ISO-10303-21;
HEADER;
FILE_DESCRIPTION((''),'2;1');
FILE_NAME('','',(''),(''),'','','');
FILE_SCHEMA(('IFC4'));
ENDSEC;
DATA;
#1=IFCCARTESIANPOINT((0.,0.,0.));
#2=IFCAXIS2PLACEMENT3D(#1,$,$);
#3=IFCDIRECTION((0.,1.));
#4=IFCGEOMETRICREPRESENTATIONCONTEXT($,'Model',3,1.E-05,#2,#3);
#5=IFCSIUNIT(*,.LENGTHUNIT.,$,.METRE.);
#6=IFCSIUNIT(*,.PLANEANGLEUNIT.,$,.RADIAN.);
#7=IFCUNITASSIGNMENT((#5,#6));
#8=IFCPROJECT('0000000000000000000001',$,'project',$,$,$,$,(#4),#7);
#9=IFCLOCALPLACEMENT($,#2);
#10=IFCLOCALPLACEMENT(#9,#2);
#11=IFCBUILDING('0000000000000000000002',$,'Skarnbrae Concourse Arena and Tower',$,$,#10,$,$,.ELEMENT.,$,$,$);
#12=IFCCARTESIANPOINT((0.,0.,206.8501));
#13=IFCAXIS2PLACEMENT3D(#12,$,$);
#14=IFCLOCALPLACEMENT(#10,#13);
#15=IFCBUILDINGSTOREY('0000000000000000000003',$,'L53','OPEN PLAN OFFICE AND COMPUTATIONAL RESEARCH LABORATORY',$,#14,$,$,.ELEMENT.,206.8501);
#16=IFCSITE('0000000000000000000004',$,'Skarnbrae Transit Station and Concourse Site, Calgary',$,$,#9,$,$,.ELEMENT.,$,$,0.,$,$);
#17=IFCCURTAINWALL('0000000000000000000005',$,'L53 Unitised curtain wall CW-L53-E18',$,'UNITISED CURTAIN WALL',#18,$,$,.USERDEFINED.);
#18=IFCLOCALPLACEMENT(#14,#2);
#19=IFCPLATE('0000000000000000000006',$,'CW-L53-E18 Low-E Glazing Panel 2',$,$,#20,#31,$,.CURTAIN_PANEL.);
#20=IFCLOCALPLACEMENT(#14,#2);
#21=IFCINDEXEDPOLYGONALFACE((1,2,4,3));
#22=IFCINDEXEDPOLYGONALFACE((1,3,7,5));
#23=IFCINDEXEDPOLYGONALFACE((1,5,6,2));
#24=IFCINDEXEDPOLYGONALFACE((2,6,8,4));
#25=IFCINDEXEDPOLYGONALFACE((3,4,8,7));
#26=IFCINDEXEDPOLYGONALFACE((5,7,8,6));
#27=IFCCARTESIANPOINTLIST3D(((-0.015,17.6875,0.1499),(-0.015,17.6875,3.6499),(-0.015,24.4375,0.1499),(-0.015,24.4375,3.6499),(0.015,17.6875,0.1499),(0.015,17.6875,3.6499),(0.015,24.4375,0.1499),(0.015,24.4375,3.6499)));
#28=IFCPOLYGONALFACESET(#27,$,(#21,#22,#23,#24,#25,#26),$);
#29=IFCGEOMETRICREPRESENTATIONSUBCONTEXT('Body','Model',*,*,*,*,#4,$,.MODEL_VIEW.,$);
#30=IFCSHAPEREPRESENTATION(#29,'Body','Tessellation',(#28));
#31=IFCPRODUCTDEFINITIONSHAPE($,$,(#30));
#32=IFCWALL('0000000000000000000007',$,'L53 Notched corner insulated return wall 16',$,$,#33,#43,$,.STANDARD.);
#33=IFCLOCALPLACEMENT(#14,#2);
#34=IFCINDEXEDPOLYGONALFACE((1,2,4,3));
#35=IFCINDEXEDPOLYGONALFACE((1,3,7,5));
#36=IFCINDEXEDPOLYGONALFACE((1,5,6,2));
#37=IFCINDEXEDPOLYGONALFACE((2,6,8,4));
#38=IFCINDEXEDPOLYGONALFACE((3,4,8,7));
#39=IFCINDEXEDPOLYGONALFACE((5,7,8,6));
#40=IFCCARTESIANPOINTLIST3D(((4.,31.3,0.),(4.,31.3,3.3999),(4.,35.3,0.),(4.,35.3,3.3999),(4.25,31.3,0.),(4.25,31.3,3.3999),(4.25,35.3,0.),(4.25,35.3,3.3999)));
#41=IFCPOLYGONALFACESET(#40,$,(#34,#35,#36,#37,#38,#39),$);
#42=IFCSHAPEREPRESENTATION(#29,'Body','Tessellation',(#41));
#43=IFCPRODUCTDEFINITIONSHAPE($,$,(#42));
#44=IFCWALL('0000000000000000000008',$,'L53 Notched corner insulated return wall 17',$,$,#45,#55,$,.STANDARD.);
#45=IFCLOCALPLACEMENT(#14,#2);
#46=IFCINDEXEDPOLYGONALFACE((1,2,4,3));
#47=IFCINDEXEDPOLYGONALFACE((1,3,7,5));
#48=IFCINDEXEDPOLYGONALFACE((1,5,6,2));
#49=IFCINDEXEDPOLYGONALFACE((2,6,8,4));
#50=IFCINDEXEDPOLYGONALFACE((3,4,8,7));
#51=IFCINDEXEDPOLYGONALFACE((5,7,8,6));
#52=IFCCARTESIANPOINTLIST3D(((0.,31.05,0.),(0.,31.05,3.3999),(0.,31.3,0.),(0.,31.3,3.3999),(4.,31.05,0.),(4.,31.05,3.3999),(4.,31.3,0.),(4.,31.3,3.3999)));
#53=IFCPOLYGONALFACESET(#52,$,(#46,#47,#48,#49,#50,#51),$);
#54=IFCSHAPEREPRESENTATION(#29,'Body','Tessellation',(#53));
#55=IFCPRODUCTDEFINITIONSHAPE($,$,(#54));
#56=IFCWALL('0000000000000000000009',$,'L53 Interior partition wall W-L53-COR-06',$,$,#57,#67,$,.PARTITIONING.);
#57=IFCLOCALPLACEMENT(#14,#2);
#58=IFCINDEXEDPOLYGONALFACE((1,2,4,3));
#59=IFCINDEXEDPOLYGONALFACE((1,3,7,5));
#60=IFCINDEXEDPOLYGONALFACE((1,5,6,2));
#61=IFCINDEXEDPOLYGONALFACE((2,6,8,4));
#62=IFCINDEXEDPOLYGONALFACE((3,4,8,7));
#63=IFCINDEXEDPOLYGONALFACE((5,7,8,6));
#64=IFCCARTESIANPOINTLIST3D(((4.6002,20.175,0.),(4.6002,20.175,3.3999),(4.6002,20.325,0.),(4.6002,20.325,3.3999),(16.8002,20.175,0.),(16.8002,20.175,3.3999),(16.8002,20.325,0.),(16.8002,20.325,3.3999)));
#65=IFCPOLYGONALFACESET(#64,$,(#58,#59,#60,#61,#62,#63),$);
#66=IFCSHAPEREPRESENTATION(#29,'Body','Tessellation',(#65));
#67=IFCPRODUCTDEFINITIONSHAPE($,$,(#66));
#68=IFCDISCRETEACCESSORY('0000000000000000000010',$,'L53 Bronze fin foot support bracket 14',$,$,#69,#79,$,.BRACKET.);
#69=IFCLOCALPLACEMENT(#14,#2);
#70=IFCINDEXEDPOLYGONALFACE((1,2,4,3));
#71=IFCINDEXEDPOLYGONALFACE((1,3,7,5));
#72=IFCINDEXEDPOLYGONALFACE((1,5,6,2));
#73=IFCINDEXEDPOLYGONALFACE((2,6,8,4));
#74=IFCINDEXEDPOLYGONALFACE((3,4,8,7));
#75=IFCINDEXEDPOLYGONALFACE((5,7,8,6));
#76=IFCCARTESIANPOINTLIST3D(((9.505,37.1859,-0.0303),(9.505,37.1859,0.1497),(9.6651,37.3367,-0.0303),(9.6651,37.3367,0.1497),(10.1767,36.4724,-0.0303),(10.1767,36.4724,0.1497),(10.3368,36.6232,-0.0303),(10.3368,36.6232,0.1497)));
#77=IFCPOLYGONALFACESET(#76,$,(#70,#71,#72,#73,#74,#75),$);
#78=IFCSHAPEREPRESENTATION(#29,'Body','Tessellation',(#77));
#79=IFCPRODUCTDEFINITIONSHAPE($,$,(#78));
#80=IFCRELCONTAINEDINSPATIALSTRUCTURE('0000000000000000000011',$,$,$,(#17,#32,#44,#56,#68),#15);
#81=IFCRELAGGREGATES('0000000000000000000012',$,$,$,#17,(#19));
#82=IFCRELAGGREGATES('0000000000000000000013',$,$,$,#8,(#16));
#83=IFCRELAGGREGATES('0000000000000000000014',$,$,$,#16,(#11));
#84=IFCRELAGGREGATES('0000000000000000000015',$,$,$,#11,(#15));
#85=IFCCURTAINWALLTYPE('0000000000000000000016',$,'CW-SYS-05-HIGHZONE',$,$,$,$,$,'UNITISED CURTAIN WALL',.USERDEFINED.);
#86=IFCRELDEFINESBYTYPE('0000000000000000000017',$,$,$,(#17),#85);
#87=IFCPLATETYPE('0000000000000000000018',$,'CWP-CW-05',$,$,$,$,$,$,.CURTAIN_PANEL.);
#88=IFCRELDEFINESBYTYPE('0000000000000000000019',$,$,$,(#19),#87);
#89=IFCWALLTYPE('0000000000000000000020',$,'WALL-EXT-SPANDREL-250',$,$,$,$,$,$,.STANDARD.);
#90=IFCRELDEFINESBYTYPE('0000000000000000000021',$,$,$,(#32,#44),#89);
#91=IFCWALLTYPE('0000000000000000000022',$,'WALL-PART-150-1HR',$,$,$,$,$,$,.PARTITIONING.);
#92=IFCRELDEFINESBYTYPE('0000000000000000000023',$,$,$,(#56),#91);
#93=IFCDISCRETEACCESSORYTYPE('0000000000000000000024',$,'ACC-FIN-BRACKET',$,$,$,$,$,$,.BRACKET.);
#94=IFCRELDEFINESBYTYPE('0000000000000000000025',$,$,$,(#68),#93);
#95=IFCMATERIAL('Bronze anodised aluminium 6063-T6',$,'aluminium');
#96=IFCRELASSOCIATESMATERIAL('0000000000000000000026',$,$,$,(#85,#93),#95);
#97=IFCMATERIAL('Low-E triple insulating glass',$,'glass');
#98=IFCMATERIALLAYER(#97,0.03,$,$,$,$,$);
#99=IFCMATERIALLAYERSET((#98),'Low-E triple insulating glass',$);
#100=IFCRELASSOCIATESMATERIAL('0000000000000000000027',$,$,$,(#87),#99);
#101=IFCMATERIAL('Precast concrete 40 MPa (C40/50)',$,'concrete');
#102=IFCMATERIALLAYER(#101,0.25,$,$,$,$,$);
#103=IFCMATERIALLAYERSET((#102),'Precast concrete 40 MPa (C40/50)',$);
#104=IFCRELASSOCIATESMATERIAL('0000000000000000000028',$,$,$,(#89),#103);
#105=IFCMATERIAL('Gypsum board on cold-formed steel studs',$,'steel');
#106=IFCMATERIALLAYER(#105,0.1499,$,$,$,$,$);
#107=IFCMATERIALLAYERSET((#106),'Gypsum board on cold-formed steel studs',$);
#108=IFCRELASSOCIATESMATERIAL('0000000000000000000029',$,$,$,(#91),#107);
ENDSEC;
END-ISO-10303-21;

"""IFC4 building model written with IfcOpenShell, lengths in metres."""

from ifc_helpers import new_model, si_unit, direction, frame, frame_2d, origin, origin_2d, place, context, subcontext, project, spatial, rectangle, extrude, source, transform, mapped, material, layer, layer_set, type_object, element, aggregate, save


model = new_model("IFC4")

# Units and contexts
model_context = context("Model", 3, precision=1e-05, world=origin(), true_north=direction((0.0, 1.0)))
body_context = subcontext(model_context, "Body", "Model", "MODEL_VIEW")
ifc_project = project(units=[si_unit("LENGTHUNIT", "METRE"), si_unit("PLANEANGLEUNIT", "RADIAN")], contexts=[model_context])

# Site, building, storey
site_placement = place(None, origin())
site = spatial("IfcSite", under=ifc_project, at=site_placement, Name="Skarnbrae Transit Station and Concourse Site, Calgary", CompositionType="ELEMENT", RefElevation=0.0)
building_placement = place(site_placement, origin())
building = spatial("IfcBuilding", under=site, at=building_placement, Name="Skarnbrae Concourse Arena and Tower", CompositionType="ELEMENT")
storey_placement = place(building_placement, frame((0.0, 0.0, 206.8501)))
storey = spatial("IfcBuildingStorey", under=building, at=storey_placement, Name="L53", Description="OPEN PLAN OFFICE AND COMPUTATIONAL RESEARCH LABORATORY", CompositionType="ELEMENT", Elevation=206.8501)

# Shared definitions
ifc_material_1 = material(Name="Bronze anodised aluminium 6063-T6", Category="aluminium")
curtain_wall_type = type_object("IfcCurtainWallType", Name="CW-SYS-05-HIGHZONE", ElementType="UNITISED CURTAIN WALL", PredefinedType="USERDEFINED", material=ifc_material_1)

# Curtain wall
curtain_wall_1_placement = place(storey_placement, origin())
curtain_wall_1 = element("IfcCurtainWall", 1, at=curtain_wall_1_placement, inside=storey, type_object=curtain_wall_type, Name="L53 Unitised curtain wall CW-L53-E18", ObjectType="UNITISED CURTAIN WALL", PredefinedType="USERDEFINED")

# Plate
ifc_material_2 = material(Name="Low-E triple insulating glass", Category="glass")
ifc_layer_1 = layer(ifc_material_2, 0.03)
ifc_layer_set_1 = layer_set([ifc_layer_1], Name="Low-E triple insulating glass")
plate_type = type_object("IfcPlateType", Name="CWP-CW-05", PredefinedType="CURTAIN_PANEL", material=ifc_layer_set_1)
shared_shape_1 = source(origin(), body_context, "Body", "SweptSolid", [
    extrude(rectangle(XDim=6.75, YDim=0.03, at=origin_2d()), origin(), (0.0, 0.0, 1.0), 3.5),
])
plate_1_placement = place(storey_placement, frame((0.0, 21.0625, 0.1499), z_axis=(0.0, 0.0, 1.0), x_axis=(0.0, -1.0, 0.0)))
plate_1 = element("IfcPlate", 2, at=plate_1_placement, type_object=plate_type, Name="CW-L53-E18 Low-E Glazing Panel 2", PredefinedType="CURTAIN_PANEL", context=body_context, shape_type="MappedRepresentation", body=[
    mapped(shared_shape_1, transform((0.0, 0.0, 0.0))),
])
aggregate(curtain_wall_1, [plate_1])

# Walls
ifc_material_3 = material(Name="Precast concrete 40 MPa (C40/50)", Category="concrete")
ifc_layer_2 = layer(ifc_material_3, 0.25)
ifc_layer_set_2 = layer_set([ifc_layer_2], Name="Precast concrete 40 MPa (C40/50)")
wall_type_1 = type_object("IfcWallType", Name="WALL-EXT-SPANDREL-250", PredefinedType="STANDARD", material=ifc_layer_set_2)
shared_shape_2 = source(origin(), body_context, "Body", "SweptSolid", [
    extrude(rectangle(XDim=4.0, YDim=0.25, at=frame_2d((2.0, 0.0))), origin(), (0.0, 0.0, 1.0), 3.3999),
])
for number, where, z_axis, x_axis, name in (
    (3, (4.125, 35.3, 0.0), (0.0, 0.0, 1.0), (0.0, -1.0, 0.0), "L53 Notched corner insulated return wall 16"),
    (4, (4.0, 31.175, 0.0), (0.0, 0.0, 1.0), (-1.0, 0.0, 0.0), "L53 Notched corner insulated return wall 17"),
):
    element("IfcWall", number, at=place(storey_placement, frame(where, z_axis=z_axis, x_axis=x_axis)), inside=storey, type_object=wall_type_1, Name=name, PredefinedType="STANDARD", context=body_context, shape_type="MappedRepresentation", body=[
        mapped(shared_shape_2, transform((0.0, 0.0, 0.0))),
    ])
ifc_material_4 = material(Name="Gypsum board on cold-formed steel studs", Category="steel")
ifc_layer_3 = layer(ifc_material_4, 0.1499)
ifc_layer_set_3 = layer_set([ifc_layer_3], Name="Gypsum board on cold-formed steel studs")
wall_type_2 = type_object("IfcWallType", Name="WALL-PART-150-1HR", PredefinedType="PARTITIONING", material=ifc_layer_set_3)
shared_shape_3 = source(origin(), body_context, "Body", "SweptSolid", [
    extrude(rectangle(XDim=12.2, YDim=0.1499, at=frame_2d((6.1001, 0.0))), origin(), (0.0, 0.0, 1.0), 3.3999),
])
wall_placement = place(storey_placement, frame((4.6001, 20.25, 0.0), z_axis=(0.0, 0.0, 1.0), x_axis=(1.0, 0.0, 0.0)))
element("IfcWall", 5, at=wall_placement, inside=storey, type_object=wall_type_2, Name="L53 Interior partition wall W-L53-COR-06", PredefinedType="PARTITIONING", context=body_context, shape_type="MappedRepresentation", body=[
    mapped(shared_shape_3, transform((0.0, 0.0, 0.0))),
])

# Discrete accessory
discrete_accessory_type = type_object("IfcDiscreteAccessoryType", Name="ACC-FIN-BRACKET", PredefinedType="BRACKET", material=ifc_material_1)
shared_shape_4 = source(origin(), body_context, "Body", "SweptSolid", [
    extrude(rectangle(XDim=0.22, YDim=0.98, at=origin_2d()), origin(), (0.0, 0.0, 1.0), 0.1799),
])
discrete_accessory_placement = place(storey_placement, frame((9.9209, 36.9045, -0.0303), z_axis=(0.0, 0.0, 1.0), x_axis=(0.728132, 0.685437, 0.0)))
element("IfcDiscreteAccessory", 6, at=discrete_accessory_placement, inside=storey, type_object=discrete_accessory_type, Name="L53 Bronze fin foot support bracket 14", PredefinedType="BRACKET", context=body_context, shape_type="MappedRepresentation", body=[
    mapped(shared_shape_4, transform((0.0, 0.0, 0.0))),
])

save(model, "model.ifc")
